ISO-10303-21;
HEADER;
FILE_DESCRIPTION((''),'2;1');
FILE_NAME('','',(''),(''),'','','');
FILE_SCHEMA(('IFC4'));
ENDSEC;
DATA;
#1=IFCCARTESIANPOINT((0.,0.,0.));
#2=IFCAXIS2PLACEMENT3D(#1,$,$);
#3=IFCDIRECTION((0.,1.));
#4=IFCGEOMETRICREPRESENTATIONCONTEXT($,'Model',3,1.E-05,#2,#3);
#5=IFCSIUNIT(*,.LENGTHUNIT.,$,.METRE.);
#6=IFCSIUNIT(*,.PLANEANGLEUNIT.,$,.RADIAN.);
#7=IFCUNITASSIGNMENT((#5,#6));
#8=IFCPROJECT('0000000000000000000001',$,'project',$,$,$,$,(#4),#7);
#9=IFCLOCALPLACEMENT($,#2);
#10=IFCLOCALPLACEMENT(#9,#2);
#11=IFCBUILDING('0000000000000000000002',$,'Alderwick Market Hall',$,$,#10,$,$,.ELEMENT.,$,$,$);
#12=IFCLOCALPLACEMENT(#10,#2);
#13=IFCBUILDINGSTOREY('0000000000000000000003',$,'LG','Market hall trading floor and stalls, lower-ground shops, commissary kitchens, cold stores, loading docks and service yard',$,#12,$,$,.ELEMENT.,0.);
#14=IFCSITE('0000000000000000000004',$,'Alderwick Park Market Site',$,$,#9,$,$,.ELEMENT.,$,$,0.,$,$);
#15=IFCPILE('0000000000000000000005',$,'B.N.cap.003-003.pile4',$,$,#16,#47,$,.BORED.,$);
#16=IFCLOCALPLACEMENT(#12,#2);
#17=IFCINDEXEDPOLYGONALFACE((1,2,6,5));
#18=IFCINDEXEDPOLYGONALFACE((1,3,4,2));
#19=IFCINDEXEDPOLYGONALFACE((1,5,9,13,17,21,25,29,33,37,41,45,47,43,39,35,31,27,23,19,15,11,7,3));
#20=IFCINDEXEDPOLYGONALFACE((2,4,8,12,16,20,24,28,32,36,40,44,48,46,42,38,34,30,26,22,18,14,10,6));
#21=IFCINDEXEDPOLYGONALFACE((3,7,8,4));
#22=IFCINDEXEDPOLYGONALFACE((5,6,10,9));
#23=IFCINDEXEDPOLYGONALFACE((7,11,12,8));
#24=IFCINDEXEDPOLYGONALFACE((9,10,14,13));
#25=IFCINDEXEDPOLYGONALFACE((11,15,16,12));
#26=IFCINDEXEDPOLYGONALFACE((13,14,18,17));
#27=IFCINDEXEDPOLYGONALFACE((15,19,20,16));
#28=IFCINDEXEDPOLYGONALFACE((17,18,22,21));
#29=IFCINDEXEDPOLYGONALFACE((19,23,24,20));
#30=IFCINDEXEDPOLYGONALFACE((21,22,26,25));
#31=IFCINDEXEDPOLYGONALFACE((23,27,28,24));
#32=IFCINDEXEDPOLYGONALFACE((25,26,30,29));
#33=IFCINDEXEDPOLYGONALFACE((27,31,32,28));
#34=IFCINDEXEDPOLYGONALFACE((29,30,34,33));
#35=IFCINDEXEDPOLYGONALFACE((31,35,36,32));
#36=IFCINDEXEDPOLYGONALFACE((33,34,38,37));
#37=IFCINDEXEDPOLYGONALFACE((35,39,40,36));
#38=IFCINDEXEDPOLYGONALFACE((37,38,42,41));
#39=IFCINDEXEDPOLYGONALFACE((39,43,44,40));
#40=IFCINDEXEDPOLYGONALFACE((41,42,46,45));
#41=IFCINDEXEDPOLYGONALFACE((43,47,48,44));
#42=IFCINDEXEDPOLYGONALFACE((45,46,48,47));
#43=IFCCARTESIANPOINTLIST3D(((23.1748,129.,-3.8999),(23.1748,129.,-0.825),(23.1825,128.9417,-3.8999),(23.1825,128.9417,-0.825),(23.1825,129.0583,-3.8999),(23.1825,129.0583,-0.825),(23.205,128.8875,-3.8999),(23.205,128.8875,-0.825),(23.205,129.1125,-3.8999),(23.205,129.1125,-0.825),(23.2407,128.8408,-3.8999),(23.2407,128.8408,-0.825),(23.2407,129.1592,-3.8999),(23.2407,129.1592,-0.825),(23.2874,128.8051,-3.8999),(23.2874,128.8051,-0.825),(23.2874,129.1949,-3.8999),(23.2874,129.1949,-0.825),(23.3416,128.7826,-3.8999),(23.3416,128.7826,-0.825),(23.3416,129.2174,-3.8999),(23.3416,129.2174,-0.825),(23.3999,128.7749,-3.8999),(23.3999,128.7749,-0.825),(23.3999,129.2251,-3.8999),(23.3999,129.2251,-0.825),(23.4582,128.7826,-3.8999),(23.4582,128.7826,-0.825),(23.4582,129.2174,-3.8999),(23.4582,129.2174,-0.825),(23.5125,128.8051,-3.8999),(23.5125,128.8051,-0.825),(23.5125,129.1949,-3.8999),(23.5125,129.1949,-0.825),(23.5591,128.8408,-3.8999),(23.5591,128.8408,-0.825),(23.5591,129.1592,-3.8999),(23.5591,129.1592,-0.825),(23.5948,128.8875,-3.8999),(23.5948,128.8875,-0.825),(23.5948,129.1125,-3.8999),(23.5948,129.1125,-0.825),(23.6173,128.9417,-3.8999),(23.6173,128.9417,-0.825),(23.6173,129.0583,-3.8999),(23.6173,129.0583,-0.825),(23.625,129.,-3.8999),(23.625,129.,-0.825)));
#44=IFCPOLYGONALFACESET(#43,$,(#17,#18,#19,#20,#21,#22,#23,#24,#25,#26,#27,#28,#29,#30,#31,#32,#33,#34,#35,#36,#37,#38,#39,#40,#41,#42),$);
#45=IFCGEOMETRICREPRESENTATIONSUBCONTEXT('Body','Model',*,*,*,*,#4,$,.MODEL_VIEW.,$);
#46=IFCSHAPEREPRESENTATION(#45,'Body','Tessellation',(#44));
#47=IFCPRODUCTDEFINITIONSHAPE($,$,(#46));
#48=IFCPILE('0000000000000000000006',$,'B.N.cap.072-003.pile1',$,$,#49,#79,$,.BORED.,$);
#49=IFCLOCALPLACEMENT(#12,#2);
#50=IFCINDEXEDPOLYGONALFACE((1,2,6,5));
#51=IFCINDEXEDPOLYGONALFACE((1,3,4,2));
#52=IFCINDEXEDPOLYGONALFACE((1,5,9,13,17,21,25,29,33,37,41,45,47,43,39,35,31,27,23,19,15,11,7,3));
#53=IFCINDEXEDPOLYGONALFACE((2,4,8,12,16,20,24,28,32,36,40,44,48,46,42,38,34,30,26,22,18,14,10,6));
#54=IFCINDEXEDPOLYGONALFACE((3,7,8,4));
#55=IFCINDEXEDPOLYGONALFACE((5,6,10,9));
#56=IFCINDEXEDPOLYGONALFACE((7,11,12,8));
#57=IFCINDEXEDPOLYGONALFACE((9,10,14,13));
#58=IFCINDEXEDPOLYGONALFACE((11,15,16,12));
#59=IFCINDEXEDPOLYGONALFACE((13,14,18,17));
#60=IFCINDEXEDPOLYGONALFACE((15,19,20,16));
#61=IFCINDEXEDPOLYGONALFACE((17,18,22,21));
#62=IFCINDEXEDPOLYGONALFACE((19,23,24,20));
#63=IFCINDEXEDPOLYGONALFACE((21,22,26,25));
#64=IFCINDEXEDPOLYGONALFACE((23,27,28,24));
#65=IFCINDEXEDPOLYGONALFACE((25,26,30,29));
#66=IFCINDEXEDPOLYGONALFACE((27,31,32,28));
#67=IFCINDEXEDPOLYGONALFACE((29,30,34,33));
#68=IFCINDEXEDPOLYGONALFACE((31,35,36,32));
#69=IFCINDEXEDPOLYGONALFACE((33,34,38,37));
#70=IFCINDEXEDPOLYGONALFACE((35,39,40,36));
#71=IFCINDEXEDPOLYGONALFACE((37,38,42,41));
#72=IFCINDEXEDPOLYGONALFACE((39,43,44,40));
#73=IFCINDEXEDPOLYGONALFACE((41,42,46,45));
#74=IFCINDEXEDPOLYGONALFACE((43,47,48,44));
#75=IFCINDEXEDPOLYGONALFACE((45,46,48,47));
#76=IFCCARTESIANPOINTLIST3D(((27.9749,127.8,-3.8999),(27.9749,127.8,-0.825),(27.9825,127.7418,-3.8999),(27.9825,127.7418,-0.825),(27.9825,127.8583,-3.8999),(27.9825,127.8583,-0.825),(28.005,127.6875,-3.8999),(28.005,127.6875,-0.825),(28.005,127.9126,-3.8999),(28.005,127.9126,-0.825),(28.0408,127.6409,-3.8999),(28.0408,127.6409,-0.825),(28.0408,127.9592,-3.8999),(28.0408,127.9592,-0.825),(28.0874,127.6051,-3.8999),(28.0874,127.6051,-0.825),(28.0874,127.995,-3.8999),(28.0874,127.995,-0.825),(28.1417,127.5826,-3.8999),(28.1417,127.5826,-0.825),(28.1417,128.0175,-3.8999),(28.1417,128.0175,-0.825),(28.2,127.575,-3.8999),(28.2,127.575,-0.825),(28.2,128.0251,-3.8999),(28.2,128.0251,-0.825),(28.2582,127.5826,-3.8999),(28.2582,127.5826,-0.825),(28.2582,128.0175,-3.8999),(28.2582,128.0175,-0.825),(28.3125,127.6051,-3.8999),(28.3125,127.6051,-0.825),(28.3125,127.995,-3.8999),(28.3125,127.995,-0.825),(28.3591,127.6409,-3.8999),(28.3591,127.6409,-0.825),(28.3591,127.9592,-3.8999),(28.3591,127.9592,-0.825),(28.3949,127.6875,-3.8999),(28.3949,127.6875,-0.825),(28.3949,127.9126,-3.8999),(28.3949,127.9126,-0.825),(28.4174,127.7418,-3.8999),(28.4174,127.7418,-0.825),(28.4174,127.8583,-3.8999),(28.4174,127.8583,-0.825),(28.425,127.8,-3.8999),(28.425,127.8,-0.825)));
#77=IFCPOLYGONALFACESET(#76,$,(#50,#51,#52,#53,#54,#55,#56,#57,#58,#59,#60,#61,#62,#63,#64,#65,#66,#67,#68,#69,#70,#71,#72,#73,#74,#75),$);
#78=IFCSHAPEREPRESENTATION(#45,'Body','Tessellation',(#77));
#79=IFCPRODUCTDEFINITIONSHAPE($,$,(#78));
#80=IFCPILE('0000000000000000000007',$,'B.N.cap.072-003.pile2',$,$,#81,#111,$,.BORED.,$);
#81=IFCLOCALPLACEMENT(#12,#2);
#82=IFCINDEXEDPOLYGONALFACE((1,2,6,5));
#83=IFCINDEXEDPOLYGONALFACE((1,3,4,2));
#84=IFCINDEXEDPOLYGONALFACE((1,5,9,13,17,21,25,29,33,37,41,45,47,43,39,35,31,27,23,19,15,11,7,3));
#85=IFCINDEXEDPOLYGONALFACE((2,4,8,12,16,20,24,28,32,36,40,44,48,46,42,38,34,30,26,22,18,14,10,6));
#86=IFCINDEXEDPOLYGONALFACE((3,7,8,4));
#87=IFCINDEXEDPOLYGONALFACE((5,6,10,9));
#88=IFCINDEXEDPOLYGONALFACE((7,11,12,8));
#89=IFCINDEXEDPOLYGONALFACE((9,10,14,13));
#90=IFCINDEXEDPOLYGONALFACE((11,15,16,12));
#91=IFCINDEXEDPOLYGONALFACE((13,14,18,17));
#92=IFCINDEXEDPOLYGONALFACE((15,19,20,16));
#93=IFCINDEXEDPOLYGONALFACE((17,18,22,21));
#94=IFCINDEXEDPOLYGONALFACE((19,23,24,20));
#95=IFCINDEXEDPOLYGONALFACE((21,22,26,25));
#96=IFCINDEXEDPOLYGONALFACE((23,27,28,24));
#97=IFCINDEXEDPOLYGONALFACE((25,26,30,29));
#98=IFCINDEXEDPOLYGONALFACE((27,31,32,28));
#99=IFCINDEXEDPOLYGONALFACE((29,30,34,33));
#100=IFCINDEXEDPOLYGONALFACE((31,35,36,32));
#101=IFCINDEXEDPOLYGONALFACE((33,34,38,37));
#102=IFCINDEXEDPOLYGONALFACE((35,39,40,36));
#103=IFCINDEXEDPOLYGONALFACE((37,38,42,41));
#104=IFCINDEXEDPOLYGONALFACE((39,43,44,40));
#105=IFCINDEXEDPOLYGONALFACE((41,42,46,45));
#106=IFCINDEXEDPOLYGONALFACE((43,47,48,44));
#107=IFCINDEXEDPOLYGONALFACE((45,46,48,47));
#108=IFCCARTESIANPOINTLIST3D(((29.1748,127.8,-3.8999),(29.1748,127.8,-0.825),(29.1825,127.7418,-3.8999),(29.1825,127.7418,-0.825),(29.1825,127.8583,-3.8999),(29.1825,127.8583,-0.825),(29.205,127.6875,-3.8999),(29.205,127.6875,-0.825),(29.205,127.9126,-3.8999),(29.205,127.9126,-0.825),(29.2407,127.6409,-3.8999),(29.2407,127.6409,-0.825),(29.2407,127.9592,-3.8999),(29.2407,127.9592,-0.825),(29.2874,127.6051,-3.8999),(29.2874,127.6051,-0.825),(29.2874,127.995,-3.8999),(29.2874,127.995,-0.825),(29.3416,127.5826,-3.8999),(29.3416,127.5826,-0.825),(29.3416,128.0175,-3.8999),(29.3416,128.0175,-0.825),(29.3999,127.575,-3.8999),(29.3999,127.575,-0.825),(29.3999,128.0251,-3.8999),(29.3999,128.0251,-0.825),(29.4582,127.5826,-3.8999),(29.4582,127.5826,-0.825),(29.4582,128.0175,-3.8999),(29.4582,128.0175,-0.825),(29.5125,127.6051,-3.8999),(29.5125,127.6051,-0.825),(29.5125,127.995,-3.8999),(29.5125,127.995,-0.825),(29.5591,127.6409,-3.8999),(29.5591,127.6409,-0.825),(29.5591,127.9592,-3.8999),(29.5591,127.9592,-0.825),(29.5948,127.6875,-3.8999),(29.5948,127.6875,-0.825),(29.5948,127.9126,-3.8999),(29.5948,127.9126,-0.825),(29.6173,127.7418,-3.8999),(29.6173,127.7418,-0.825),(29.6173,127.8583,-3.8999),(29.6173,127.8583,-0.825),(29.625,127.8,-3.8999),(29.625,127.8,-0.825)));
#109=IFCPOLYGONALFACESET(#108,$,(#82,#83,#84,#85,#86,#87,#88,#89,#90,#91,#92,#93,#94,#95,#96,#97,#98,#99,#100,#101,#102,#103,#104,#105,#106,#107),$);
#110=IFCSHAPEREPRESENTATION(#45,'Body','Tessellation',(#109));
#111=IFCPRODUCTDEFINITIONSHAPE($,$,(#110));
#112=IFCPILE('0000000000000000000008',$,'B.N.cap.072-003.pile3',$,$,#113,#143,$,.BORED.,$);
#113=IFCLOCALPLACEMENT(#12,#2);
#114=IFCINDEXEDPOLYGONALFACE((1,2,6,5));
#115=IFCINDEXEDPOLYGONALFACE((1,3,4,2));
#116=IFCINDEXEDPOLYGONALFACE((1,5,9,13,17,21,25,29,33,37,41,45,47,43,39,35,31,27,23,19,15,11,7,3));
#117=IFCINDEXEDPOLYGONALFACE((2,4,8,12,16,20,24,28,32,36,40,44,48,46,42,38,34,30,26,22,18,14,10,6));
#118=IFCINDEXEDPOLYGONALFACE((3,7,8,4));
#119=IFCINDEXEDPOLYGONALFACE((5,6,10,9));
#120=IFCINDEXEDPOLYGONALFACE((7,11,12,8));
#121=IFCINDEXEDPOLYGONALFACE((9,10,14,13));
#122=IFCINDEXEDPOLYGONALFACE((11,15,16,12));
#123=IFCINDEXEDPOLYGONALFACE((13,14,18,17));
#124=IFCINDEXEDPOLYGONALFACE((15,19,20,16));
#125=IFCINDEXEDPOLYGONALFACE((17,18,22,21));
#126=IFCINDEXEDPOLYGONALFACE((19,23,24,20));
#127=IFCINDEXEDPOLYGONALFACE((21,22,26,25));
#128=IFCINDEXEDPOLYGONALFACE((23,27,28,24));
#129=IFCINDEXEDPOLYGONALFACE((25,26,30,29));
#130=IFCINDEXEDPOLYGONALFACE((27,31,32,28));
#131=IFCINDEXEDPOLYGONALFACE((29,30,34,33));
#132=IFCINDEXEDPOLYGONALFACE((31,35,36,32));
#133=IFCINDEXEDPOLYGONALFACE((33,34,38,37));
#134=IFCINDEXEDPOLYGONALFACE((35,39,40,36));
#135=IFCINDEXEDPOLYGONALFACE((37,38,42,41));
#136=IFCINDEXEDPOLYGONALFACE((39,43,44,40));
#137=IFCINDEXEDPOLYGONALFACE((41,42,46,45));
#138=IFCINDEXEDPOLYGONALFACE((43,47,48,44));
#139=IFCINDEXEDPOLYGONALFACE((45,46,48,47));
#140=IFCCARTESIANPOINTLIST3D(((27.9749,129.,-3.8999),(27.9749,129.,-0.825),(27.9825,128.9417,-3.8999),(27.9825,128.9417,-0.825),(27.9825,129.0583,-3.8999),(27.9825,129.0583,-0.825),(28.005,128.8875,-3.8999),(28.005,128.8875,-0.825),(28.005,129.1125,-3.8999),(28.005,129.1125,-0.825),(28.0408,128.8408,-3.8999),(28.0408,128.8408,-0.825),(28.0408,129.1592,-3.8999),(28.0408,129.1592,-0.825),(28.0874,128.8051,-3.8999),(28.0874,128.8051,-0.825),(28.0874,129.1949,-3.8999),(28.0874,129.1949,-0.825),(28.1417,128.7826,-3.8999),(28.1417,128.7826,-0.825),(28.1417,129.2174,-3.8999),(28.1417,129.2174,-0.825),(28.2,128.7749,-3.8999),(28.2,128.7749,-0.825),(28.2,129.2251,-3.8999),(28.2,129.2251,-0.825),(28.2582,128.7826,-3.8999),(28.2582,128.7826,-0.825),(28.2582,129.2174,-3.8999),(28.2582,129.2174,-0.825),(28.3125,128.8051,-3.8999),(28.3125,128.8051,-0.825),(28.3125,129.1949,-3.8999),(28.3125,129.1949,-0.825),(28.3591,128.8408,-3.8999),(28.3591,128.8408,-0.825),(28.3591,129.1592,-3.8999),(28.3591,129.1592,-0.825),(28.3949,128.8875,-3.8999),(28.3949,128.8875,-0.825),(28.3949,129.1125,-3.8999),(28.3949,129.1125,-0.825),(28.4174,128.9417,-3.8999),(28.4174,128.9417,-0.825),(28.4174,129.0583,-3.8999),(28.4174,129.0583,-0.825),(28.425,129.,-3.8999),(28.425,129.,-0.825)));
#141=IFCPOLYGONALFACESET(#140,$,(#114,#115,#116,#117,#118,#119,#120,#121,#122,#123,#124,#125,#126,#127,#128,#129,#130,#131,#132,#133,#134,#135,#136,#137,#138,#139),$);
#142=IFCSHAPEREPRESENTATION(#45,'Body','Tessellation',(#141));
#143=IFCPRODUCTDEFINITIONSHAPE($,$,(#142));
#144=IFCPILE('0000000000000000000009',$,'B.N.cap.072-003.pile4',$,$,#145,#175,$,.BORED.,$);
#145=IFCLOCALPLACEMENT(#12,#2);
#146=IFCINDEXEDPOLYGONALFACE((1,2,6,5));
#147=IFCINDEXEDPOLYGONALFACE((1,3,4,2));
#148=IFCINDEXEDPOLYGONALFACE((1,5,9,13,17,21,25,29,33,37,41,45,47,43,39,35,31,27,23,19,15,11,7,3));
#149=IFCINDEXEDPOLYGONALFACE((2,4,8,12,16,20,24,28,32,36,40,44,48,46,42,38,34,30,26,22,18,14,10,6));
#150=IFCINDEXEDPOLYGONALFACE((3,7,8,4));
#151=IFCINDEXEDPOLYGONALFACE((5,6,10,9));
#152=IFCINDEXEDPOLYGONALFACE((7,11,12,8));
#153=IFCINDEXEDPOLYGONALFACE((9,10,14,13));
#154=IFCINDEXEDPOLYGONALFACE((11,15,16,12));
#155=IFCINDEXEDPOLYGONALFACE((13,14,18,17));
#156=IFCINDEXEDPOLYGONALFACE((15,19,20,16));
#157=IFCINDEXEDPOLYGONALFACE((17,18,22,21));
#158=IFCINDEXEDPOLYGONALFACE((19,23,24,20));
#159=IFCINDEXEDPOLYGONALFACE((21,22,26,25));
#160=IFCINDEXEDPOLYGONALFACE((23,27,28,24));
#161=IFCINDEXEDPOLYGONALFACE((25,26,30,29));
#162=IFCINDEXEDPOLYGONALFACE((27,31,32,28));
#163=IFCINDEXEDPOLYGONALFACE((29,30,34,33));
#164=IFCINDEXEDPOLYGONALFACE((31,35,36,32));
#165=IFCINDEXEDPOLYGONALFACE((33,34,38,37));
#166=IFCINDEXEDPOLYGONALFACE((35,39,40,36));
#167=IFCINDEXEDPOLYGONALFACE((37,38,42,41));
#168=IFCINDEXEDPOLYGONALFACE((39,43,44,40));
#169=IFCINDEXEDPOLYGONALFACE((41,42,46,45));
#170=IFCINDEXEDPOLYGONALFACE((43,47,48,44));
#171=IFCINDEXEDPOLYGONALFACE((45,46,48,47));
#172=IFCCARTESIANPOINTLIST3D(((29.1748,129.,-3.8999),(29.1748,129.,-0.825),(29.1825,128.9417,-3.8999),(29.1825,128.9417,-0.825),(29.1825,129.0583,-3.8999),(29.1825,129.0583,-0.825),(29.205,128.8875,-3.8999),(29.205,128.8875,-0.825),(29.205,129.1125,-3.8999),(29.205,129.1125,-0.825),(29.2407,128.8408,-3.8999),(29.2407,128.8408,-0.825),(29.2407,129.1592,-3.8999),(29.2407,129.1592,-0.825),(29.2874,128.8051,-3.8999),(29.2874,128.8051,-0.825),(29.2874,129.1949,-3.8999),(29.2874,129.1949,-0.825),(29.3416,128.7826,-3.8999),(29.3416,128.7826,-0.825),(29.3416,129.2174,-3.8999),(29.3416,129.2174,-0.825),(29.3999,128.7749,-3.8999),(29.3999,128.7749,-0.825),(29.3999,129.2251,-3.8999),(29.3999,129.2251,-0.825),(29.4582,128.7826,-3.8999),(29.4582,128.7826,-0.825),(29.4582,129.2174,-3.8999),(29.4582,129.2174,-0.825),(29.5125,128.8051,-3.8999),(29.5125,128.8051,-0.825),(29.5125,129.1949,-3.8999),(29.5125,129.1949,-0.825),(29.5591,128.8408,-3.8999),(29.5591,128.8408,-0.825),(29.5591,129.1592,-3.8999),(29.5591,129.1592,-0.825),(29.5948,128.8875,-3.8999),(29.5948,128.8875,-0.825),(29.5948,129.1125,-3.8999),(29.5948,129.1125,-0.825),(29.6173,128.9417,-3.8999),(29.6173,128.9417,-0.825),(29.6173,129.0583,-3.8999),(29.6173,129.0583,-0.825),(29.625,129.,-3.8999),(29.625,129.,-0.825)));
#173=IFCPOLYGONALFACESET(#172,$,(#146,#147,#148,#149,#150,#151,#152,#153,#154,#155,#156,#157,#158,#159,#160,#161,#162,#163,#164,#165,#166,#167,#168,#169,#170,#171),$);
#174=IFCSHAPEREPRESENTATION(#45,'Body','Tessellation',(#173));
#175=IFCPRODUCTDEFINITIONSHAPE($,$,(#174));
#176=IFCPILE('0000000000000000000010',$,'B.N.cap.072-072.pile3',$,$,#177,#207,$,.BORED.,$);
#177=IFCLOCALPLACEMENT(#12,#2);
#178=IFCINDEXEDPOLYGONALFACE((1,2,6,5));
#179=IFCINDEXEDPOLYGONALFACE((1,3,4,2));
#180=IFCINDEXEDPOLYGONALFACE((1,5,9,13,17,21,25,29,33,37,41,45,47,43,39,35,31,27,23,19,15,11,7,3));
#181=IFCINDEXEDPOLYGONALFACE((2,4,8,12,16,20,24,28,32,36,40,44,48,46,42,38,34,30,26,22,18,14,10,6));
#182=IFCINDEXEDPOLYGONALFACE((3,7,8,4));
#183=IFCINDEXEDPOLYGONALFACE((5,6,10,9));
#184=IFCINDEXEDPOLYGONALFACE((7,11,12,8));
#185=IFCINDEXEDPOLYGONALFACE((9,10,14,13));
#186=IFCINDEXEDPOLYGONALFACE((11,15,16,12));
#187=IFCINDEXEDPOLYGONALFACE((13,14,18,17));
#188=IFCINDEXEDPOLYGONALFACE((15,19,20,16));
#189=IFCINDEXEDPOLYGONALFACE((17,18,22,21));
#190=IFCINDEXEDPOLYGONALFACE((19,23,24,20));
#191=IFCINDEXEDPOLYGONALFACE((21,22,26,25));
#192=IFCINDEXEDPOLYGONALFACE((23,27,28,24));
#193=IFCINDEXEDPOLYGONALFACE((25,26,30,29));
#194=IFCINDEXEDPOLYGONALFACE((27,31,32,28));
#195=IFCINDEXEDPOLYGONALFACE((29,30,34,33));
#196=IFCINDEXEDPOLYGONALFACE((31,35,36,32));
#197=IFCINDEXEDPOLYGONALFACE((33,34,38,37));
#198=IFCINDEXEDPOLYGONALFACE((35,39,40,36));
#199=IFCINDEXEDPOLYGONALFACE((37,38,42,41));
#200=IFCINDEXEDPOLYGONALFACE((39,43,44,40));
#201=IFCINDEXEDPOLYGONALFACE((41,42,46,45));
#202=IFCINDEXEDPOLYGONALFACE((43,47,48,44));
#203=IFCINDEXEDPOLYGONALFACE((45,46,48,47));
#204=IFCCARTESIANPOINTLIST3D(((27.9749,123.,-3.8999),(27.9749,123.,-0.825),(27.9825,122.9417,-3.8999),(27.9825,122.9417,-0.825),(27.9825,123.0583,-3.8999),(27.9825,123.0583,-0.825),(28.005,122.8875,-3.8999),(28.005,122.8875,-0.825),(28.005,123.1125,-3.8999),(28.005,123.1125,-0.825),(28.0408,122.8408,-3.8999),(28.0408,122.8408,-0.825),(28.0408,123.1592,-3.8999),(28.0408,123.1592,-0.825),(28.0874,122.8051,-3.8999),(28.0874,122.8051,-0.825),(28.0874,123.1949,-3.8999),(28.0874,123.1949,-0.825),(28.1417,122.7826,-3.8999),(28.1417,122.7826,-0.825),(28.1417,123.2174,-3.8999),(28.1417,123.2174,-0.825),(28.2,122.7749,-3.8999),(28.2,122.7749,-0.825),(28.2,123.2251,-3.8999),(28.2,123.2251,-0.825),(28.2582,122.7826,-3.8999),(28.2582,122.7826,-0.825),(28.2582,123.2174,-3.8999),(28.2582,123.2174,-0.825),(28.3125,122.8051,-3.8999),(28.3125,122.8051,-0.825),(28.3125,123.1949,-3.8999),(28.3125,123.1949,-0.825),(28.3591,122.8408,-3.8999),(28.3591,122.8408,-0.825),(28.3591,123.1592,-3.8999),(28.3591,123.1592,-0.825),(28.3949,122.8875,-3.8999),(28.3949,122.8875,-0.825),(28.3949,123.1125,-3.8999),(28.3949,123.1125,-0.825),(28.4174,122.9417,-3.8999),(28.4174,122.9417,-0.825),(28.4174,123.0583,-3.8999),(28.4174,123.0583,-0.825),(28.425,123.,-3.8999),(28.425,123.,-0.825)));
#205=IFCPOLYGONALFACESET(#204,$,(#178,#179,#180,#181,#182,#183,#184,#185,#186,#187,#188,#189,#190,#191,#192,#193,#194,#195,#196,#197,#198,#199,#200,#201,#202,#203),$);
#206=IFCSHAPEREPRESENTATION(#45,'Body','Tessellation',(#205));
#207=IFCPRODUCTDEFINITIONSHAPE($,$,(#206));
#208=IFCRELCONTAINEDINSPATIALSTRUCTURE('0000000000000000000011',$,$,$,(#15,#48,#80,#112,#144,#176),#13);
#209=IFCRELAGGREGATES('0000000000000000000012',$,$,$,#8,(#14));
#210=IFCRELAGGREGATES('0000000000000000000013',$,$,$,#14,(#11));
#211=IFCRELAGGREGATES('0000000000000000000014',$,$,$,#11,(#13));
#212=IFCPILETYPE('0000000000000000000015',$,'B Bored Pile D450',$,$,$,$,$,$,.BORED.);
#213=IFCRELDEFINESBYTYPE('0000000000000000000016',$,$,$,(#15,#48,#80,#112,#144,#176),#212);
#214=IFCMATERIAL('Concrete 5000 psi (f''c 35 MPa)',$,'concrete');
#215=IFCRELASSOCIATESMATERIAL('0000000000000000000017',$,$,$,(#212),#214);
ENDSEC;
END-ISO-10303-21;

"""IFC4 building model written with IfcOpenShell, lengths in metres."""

from ifc_helpers import new_model, si_unit, direction, frame, origin, origin_2d, place, context, subcontext, project, spatial, circle, extrude, material, material_profile, profile_set, type_object, element, save


model = new_model("IFC4")

# Units and contexts
model_context = context("Model", 3, precision=1e-05, world=origin(), true_north=direction((0.0, 1.0)))
body_context = subcontext(model_context, "Body", "Model", "MODEL_VIEW")
ifc_project = project(units=[si_unit("LENGTHUNIT", "METRE"), si_unit("PLANEANGLEUNIT", "RADIAN")], contexts=[model_context])

# Site, building, storey
site_placement = place(None, origin())
site = spatial("IfcSite", under=ifc_project, at=site_placement, Name="Alderwick Park Market Site", CompositionType="ELEMENT", RefElevation=0.0)
building_placement = place(site_placement, origin())
building = spatial("IfcBuilding", under=site, at=building_placement, Name="Alderwick Market Hall", CompositionType="ELEMENT")
storey_placement = place(building_placement, origin())
storey = spatial("IfcBuildingStorey", under=building, at=storey_placement, Name="LG", Description="Market hall trading floor and stalls, lower-ground shops, commissary kitchens, cold stores, loading docks and service yard", CompositionType="ELEMENT", Elevation=0.0)

# Piles
ifc_material_1 = material(Name="Concrete 5000 psi (f'c 35 MPa)", Category="concrete")
ifc_material_profile_1 = material_profile(ifc_material_1, circle(Radius=0.2251, at=origin_2d()), Name="B Bored Pile D450")
ifc_profile_set_1 = profile_set([ifc_material_profile_1], Name="Concrete 5000 psi (f'c 35 MPa)")
pile_type = type_object("IfcPileType", Name="B Bored Pile D450", PredefinedType="BORED", material=ifc_profile_set_1)
for number, where, z_axis, x_axis, name in (
    (1, (23.3999, 129.0, -0.825), (0.0, 0.0, -1.0), (1.0, 0.0, 0.0), "B.N.cap.003-003.pile4"),
    (2, (28.2, 127.8, -0.825), (0.0, 0.0, -1.0), (1.0, 0.0, 0.0), "B.N.cap.072-003.pile1"),
    (3, (29.3999, 127.8, -0.825), (0.0, 0.0, -1.0), (1.0, 0.0, 0.0), "B.N.cap.072-003.pile2"),
    (4, (28.2, 129.0, -0.825), (0.0, 0.0, -1.0), (1.0, 0.0, 0.0), "B.N.cap.072-003.pile3"),
    (5, (29.3999, 129.0, -0.825), (0.0, 0.0, -1.0), (1.0, 0.0, 0.0), "B.N.cap.072-003.pile4"),
    (6, (28.2, 123.0, -0.825), (0.0, 0.0, -1.0), (1.0, 0.0, 0.0), "B.N.cap.072-072.pile3"),
):
    element("IfcPile", number, at=place(storey_placement, frame(where, z_axis=z_axis, x_axis=x_axis)), inside=storey, type_object=pile_type, Name=name, PredefinedType="BORED", context=body_context, shape_type="SweptSolid", body=[
        extrude(circle(Radius=0.2251, at=origin_2d()), origin(), (0.0, 0.0, 1.0), 3.075),
    ])

save(model, "model.ifc")
